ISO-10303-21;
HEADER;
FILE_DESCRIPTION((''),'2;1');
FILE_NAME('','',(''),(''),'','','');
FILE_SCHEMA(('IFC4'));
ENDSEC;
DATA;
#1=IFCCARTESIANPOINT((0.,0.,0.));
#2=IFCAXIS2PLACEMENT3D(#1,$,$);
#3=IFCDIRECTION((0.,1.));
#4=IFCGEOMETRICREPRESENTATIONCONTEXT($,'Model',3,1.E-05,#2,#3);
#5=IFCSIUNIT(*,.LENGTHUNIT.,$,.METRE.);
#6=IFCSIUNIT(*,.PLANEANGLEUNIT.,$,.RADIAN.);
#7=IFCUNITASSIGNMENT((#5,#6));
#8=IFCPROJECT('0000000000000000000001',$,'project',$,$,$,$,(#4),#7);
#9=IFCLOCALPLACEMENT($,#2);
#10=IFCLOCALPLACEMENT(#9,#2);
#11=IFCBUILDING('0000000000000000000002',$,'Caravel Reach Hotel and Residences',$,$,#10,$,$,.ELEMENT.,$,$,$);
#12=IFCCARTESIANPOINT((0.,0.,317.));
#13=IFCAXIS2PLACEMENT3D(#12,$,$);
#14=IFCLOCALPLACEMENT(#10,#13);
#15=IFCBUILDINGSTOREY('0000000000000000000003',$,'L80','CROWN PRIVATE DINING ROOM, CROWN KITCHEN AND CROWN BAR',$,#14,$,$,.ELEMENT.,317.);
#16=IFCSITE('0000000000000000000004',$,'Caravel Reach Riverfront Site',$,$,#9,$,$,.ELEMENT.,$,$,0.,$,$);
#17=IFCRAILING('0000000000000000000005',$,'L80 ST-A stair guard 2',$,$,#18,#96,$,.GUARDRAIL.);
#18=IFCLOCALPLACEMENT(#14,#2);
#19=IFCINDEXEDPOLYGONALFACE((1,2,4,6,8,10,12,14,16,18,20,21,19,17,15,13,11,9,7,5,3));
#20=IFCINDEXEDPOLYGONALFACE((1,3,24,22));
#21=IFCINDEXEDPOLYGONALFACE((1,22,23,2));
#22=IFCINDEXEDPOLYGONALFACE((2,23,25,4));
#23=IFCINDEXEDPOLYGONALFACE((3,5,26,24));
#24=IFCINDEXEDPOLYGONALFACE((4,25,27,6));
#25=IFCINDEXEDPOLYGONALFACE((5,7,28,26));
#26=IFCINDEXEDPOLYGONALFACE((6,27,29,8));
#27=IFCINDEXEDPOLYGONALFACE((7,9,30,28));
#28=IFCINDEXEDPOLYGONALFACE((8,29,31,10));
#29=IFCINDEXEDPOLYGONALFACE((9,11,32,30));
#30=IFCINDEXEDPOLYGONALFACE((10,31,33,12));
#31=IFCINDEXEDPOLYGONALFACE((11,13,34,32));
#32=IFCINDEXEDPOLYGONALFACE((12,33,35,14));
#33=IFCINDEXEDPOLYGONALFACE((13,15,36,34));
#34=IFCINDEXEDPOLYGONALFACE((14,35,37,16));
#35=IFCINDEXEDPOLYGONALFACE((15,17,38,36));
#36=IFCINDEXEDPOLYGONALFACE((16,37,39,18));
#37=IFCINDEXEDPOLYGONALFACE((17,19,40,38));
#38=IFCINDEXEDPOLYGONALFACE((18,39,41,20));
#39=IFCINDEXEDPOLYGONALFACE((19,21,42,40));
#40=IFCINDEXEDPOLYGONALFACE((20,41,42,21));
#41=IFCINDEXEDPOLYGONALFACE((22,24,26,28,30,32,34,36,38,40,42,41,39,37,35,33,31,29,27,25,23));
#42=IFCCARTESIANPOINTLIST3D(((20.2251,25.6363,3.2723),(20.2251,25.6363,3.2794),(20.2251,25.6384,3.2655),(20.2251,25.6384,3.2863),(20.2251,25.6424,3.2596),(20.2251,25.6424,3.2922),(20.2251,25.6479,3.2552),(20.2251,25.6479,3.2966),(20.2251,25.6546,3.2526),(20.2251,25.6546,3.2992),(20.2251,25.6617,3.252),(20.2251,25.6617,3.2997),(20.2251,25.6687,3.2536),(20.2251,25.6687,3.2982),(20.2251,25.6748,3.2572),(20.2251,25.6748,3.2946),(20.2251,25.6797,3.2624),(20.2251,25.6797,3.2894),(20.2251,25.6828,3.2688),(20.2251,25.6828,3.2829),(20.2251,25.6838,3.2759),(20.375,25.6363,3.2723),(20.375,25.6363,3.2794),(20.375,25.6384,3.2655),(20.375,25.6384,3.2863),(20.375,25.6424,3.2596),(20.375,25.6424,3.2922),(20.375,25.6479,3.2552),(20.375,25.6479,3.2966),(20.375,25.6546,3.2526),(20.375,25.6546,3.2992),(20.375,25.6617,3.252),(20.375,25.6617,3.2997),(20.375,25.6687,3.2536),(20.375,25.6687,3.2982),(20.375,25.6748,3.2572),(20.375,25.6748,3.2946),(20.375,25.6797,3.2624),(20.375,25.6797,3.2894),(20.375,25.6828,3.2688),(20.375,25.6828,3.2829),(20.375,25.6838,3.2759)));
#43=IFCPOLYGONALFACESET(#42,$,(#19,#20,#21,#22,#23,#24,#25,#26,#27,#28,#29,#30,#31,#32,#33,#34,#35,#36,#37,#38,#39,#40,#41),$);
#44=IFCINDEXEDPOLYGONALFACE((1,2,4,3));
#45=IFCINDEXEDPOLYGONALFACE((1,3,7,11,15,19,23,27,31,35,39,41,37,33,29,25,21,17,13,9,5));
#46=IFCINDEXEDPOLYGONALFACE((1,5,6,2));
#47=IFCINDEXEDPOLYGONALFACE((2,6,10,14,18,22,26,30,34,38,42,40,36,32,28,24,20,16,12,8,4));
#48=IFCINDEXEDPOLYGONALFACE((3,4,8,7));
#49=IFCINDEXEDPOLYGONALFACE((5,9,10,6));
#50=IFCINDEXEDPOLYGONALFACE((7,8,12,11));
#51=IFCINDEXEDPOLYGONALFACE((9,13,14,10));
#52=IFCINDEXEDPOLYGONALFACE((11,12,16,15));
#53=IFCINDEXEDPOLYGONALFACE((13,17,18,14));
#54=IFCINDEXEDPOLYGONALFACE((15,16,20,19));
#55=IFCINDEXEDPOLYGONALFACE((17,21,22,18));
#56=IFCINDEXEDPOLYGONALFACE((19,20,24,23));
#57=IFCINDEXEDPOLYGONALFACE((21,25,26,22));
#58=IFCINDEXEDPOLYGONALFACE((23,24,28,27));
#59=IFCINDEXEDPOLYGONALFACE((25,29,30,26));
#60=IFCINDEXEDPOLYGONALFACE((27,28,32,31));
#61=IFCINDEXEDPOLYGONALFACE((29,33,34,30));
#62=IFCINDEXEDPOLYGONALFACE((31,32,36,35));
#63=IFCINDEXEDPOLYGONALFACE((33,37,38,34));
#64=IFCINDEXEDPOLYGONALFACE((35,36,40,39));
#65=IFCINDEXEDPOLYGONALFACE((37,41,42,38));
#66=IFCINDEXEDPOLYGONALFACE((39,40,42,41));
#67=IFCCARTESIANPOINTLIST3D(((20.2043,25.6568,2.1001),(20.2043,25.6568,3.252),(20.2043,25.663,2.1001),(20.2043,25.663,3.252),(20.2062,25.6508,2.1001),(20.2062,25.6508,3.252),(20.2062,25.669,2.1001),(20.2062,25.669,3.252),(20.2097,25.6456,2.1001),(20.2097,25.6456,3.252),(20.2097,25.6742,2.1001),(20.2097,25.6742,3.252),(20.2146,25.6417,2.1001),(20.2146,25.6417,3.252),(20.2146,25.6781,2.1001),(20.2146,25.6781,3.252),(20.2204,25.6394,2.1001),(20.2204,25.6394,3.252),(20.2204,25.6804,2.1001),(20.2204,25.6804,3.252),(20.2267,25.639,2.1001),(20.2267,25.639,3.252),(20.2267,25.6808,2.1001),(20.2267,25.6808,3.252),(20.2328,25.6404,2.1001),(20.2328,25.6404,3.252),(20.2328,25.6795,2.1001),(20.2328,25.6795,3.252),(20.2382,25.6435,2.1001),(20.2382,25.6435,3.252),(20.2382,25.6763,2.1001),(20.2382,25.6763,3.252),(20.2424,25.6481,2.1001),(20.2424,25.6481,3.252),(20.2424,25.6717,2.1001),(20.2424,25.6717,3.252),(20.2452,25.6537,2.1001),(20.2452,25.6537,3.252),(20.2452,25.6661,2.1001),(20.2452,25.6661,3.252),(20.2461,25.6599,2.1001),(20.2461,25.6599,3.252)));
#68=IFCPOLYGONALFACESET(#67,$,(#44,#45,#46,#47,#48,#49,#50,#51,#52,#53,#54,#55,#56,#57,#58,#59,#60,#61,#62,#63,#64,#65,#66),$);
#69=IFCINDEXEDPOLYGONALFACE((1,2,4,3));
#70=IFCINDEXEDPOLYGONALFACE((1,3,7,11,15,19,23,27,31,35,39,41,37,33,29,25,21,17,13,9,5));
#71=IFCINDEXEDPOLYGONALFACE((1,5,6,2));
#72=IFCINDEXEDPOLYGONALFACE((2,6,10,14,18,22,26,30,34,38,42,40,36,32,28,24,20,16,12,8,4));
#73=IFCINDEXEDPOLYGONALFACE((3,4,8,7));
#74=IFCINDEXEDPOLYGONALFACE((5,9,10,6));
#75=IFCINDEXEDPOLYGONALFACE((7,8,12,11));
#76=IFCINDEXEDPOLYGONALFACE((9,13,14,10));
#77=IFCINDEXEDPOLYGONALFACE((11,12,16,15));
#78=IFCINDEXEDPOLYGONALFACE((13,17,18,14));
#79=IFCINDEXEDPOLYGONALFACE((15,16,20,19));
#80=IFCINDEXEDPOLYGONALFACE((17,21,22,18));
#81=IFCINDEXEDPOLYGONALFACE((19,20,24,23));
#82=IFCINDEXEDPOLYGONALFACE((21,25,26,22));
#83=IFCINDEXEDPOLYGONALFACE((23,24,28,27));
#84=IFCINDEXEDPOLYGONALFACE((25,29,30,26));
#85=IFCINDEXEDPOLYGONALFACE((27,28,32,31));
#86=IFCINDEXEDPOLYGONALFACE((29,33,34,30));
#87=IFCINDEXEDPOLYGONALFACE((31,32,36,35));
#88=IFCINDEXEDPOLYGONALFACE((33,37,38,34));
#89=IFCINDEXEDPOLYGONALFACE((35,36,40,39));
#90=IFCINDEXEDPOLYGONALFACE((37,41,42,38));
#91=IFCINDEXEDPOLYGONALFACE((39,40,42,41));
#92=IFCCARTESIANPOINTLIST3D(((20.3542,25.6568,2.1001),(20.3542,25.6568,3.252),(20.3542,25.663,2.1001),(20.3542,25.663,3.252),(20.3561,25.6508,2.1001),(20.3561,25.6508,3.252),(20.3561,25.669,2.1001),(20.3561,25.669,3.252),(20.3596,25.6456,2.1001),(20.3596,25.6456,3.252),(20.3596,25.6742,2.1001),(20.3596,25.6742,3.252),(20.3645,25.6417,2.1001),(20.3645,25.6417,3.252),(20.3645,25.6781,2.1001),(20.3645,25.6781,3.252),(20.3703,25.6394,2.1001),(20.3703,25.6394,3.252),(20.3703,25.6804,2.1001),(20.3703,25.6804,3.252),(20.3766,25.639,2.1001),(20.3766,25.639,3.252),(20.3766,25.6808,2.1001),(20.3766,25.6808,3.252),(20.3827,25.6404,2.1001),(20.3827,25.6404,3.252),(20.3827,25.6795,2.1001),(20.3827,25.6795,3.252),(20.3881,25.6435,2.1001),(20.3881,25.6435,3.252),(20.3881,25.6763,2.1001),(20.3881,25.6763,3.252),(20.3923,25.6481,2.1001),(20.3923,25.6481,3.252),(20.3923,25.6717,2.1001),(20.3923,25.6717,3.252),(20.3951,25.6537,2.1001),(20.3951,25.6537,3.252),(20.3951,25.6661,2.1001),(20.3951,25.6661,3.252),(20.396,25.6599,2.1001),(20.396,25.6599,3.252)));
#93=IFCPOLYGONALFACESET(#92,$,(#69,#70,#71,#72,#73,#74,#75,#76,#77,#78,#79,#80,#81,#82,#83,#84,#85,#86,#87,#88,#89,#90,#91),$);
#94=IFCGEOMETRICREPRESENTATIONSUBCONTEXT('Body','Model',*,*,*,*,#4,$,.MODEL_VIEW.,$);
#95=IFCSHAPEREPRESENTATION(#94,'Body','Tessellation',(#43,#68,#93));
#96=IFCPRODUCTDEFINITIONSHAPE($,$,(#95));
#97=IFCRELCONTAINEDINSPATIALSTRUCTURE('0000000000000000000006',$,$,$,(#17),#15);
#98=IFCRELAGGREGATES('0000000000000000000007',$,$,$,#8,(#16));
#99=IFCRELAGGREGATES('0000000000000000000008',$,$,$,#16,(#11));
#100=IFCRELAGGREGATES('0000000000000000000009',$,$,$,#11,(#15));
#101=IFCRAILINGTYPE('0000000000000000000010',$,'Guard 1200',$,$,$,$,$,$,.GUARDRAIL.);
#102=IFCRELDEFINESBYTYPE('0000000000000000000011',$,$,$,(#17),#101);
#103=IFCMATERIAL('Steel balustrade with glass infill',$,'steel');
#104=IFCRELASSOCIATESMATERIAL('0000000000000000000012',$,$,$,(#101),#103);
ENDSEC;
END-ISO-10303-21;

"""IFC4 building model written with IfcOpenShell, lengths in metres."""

from ifc_helpers import new_model, si_unit, direction, frame, origin, origin_2d, place, context, subcontext, project, spatial, circle, extrude, material, type_object, element, save


model = new_model("IFC4")

# Units and contexts
model_context = context("Model", 3, precision=1e-05, world=origin(), true_north=direction((0.0, 1.0)))
body_context = subcontext(model_context, "Body", "Model", "MODEL_VIEW")
ifc_project = project(units=[si_unit("LENGTHUNIT", "METRE"), si_unit("PLANEANGLEUNIT", "RADIAN")], contexts=[model_context])

# Site, building, storey
site_placement = place(None, origin())
site = spatial("IfcSite", under=ifc_project, at=site_placement, Name="Caravel Reach Riverfront Site", CompositionType="ELEMENT", RefElevation=0.0)
building_placement = place(site_placement, origin())
building = spatial("IfcBuilding", under=site, at=building_placement, Name="Caravel Reach Hotel and Residences", CompositionType="ELEMENT")
storey_placement = place(building_placement, frame((0.0, 0.0, 317.0)))
storey = spatial("IfcBuildingStorey", under=building, at=storey_placement, Name="L80", Description="CROWN PRIVATE DINING ROOM, CROWN KITCHEN AND CROWN BAR", CompositionType="ELEMENT", Elevation=317.0)

# Railing
ifc_material_1 = material(Name="Steel balustrade with glass infill", Category="steel")
railing_type_1 = type_object("IfcRailingType", Name="Guard 1200", PredefinedType="GUARDRAIL", material=ifc_material_1)
railing_1_placement = place(storey_placement, frame((20.2251, 25.6599, 2.1001)))
element("IfcRailing", 1, at=railing_1_placement, inside=storey, type_object=railing_type_1, Name="L80 ST-A stair guard 2", PredefinedType="GUARDRAIL", context=body_context, shape_type="SweptSolid", body=[
    extrude(circle(Radius=0.0239, at=origin_2d()), frame((0.0, 0.0, 1.1758), z_axis=(1.0, 0.0, 0.0), x_axis=(0.0, 1.0, 0.0)), (0.0, 0.0, 1.0), 0.1499),
    extrude(circle(Radius=0.021, at=origin_2d()), origin(), (0.0, 0.0, 1.0), 1.1519),
    extrude(circle(Radius=0.021, at=origin_2d()), frame((0.1499, 0.0, 0.0)), (0.0, 0.0, 1.0), 1.1519),
])

save(model, "model.ifc")
